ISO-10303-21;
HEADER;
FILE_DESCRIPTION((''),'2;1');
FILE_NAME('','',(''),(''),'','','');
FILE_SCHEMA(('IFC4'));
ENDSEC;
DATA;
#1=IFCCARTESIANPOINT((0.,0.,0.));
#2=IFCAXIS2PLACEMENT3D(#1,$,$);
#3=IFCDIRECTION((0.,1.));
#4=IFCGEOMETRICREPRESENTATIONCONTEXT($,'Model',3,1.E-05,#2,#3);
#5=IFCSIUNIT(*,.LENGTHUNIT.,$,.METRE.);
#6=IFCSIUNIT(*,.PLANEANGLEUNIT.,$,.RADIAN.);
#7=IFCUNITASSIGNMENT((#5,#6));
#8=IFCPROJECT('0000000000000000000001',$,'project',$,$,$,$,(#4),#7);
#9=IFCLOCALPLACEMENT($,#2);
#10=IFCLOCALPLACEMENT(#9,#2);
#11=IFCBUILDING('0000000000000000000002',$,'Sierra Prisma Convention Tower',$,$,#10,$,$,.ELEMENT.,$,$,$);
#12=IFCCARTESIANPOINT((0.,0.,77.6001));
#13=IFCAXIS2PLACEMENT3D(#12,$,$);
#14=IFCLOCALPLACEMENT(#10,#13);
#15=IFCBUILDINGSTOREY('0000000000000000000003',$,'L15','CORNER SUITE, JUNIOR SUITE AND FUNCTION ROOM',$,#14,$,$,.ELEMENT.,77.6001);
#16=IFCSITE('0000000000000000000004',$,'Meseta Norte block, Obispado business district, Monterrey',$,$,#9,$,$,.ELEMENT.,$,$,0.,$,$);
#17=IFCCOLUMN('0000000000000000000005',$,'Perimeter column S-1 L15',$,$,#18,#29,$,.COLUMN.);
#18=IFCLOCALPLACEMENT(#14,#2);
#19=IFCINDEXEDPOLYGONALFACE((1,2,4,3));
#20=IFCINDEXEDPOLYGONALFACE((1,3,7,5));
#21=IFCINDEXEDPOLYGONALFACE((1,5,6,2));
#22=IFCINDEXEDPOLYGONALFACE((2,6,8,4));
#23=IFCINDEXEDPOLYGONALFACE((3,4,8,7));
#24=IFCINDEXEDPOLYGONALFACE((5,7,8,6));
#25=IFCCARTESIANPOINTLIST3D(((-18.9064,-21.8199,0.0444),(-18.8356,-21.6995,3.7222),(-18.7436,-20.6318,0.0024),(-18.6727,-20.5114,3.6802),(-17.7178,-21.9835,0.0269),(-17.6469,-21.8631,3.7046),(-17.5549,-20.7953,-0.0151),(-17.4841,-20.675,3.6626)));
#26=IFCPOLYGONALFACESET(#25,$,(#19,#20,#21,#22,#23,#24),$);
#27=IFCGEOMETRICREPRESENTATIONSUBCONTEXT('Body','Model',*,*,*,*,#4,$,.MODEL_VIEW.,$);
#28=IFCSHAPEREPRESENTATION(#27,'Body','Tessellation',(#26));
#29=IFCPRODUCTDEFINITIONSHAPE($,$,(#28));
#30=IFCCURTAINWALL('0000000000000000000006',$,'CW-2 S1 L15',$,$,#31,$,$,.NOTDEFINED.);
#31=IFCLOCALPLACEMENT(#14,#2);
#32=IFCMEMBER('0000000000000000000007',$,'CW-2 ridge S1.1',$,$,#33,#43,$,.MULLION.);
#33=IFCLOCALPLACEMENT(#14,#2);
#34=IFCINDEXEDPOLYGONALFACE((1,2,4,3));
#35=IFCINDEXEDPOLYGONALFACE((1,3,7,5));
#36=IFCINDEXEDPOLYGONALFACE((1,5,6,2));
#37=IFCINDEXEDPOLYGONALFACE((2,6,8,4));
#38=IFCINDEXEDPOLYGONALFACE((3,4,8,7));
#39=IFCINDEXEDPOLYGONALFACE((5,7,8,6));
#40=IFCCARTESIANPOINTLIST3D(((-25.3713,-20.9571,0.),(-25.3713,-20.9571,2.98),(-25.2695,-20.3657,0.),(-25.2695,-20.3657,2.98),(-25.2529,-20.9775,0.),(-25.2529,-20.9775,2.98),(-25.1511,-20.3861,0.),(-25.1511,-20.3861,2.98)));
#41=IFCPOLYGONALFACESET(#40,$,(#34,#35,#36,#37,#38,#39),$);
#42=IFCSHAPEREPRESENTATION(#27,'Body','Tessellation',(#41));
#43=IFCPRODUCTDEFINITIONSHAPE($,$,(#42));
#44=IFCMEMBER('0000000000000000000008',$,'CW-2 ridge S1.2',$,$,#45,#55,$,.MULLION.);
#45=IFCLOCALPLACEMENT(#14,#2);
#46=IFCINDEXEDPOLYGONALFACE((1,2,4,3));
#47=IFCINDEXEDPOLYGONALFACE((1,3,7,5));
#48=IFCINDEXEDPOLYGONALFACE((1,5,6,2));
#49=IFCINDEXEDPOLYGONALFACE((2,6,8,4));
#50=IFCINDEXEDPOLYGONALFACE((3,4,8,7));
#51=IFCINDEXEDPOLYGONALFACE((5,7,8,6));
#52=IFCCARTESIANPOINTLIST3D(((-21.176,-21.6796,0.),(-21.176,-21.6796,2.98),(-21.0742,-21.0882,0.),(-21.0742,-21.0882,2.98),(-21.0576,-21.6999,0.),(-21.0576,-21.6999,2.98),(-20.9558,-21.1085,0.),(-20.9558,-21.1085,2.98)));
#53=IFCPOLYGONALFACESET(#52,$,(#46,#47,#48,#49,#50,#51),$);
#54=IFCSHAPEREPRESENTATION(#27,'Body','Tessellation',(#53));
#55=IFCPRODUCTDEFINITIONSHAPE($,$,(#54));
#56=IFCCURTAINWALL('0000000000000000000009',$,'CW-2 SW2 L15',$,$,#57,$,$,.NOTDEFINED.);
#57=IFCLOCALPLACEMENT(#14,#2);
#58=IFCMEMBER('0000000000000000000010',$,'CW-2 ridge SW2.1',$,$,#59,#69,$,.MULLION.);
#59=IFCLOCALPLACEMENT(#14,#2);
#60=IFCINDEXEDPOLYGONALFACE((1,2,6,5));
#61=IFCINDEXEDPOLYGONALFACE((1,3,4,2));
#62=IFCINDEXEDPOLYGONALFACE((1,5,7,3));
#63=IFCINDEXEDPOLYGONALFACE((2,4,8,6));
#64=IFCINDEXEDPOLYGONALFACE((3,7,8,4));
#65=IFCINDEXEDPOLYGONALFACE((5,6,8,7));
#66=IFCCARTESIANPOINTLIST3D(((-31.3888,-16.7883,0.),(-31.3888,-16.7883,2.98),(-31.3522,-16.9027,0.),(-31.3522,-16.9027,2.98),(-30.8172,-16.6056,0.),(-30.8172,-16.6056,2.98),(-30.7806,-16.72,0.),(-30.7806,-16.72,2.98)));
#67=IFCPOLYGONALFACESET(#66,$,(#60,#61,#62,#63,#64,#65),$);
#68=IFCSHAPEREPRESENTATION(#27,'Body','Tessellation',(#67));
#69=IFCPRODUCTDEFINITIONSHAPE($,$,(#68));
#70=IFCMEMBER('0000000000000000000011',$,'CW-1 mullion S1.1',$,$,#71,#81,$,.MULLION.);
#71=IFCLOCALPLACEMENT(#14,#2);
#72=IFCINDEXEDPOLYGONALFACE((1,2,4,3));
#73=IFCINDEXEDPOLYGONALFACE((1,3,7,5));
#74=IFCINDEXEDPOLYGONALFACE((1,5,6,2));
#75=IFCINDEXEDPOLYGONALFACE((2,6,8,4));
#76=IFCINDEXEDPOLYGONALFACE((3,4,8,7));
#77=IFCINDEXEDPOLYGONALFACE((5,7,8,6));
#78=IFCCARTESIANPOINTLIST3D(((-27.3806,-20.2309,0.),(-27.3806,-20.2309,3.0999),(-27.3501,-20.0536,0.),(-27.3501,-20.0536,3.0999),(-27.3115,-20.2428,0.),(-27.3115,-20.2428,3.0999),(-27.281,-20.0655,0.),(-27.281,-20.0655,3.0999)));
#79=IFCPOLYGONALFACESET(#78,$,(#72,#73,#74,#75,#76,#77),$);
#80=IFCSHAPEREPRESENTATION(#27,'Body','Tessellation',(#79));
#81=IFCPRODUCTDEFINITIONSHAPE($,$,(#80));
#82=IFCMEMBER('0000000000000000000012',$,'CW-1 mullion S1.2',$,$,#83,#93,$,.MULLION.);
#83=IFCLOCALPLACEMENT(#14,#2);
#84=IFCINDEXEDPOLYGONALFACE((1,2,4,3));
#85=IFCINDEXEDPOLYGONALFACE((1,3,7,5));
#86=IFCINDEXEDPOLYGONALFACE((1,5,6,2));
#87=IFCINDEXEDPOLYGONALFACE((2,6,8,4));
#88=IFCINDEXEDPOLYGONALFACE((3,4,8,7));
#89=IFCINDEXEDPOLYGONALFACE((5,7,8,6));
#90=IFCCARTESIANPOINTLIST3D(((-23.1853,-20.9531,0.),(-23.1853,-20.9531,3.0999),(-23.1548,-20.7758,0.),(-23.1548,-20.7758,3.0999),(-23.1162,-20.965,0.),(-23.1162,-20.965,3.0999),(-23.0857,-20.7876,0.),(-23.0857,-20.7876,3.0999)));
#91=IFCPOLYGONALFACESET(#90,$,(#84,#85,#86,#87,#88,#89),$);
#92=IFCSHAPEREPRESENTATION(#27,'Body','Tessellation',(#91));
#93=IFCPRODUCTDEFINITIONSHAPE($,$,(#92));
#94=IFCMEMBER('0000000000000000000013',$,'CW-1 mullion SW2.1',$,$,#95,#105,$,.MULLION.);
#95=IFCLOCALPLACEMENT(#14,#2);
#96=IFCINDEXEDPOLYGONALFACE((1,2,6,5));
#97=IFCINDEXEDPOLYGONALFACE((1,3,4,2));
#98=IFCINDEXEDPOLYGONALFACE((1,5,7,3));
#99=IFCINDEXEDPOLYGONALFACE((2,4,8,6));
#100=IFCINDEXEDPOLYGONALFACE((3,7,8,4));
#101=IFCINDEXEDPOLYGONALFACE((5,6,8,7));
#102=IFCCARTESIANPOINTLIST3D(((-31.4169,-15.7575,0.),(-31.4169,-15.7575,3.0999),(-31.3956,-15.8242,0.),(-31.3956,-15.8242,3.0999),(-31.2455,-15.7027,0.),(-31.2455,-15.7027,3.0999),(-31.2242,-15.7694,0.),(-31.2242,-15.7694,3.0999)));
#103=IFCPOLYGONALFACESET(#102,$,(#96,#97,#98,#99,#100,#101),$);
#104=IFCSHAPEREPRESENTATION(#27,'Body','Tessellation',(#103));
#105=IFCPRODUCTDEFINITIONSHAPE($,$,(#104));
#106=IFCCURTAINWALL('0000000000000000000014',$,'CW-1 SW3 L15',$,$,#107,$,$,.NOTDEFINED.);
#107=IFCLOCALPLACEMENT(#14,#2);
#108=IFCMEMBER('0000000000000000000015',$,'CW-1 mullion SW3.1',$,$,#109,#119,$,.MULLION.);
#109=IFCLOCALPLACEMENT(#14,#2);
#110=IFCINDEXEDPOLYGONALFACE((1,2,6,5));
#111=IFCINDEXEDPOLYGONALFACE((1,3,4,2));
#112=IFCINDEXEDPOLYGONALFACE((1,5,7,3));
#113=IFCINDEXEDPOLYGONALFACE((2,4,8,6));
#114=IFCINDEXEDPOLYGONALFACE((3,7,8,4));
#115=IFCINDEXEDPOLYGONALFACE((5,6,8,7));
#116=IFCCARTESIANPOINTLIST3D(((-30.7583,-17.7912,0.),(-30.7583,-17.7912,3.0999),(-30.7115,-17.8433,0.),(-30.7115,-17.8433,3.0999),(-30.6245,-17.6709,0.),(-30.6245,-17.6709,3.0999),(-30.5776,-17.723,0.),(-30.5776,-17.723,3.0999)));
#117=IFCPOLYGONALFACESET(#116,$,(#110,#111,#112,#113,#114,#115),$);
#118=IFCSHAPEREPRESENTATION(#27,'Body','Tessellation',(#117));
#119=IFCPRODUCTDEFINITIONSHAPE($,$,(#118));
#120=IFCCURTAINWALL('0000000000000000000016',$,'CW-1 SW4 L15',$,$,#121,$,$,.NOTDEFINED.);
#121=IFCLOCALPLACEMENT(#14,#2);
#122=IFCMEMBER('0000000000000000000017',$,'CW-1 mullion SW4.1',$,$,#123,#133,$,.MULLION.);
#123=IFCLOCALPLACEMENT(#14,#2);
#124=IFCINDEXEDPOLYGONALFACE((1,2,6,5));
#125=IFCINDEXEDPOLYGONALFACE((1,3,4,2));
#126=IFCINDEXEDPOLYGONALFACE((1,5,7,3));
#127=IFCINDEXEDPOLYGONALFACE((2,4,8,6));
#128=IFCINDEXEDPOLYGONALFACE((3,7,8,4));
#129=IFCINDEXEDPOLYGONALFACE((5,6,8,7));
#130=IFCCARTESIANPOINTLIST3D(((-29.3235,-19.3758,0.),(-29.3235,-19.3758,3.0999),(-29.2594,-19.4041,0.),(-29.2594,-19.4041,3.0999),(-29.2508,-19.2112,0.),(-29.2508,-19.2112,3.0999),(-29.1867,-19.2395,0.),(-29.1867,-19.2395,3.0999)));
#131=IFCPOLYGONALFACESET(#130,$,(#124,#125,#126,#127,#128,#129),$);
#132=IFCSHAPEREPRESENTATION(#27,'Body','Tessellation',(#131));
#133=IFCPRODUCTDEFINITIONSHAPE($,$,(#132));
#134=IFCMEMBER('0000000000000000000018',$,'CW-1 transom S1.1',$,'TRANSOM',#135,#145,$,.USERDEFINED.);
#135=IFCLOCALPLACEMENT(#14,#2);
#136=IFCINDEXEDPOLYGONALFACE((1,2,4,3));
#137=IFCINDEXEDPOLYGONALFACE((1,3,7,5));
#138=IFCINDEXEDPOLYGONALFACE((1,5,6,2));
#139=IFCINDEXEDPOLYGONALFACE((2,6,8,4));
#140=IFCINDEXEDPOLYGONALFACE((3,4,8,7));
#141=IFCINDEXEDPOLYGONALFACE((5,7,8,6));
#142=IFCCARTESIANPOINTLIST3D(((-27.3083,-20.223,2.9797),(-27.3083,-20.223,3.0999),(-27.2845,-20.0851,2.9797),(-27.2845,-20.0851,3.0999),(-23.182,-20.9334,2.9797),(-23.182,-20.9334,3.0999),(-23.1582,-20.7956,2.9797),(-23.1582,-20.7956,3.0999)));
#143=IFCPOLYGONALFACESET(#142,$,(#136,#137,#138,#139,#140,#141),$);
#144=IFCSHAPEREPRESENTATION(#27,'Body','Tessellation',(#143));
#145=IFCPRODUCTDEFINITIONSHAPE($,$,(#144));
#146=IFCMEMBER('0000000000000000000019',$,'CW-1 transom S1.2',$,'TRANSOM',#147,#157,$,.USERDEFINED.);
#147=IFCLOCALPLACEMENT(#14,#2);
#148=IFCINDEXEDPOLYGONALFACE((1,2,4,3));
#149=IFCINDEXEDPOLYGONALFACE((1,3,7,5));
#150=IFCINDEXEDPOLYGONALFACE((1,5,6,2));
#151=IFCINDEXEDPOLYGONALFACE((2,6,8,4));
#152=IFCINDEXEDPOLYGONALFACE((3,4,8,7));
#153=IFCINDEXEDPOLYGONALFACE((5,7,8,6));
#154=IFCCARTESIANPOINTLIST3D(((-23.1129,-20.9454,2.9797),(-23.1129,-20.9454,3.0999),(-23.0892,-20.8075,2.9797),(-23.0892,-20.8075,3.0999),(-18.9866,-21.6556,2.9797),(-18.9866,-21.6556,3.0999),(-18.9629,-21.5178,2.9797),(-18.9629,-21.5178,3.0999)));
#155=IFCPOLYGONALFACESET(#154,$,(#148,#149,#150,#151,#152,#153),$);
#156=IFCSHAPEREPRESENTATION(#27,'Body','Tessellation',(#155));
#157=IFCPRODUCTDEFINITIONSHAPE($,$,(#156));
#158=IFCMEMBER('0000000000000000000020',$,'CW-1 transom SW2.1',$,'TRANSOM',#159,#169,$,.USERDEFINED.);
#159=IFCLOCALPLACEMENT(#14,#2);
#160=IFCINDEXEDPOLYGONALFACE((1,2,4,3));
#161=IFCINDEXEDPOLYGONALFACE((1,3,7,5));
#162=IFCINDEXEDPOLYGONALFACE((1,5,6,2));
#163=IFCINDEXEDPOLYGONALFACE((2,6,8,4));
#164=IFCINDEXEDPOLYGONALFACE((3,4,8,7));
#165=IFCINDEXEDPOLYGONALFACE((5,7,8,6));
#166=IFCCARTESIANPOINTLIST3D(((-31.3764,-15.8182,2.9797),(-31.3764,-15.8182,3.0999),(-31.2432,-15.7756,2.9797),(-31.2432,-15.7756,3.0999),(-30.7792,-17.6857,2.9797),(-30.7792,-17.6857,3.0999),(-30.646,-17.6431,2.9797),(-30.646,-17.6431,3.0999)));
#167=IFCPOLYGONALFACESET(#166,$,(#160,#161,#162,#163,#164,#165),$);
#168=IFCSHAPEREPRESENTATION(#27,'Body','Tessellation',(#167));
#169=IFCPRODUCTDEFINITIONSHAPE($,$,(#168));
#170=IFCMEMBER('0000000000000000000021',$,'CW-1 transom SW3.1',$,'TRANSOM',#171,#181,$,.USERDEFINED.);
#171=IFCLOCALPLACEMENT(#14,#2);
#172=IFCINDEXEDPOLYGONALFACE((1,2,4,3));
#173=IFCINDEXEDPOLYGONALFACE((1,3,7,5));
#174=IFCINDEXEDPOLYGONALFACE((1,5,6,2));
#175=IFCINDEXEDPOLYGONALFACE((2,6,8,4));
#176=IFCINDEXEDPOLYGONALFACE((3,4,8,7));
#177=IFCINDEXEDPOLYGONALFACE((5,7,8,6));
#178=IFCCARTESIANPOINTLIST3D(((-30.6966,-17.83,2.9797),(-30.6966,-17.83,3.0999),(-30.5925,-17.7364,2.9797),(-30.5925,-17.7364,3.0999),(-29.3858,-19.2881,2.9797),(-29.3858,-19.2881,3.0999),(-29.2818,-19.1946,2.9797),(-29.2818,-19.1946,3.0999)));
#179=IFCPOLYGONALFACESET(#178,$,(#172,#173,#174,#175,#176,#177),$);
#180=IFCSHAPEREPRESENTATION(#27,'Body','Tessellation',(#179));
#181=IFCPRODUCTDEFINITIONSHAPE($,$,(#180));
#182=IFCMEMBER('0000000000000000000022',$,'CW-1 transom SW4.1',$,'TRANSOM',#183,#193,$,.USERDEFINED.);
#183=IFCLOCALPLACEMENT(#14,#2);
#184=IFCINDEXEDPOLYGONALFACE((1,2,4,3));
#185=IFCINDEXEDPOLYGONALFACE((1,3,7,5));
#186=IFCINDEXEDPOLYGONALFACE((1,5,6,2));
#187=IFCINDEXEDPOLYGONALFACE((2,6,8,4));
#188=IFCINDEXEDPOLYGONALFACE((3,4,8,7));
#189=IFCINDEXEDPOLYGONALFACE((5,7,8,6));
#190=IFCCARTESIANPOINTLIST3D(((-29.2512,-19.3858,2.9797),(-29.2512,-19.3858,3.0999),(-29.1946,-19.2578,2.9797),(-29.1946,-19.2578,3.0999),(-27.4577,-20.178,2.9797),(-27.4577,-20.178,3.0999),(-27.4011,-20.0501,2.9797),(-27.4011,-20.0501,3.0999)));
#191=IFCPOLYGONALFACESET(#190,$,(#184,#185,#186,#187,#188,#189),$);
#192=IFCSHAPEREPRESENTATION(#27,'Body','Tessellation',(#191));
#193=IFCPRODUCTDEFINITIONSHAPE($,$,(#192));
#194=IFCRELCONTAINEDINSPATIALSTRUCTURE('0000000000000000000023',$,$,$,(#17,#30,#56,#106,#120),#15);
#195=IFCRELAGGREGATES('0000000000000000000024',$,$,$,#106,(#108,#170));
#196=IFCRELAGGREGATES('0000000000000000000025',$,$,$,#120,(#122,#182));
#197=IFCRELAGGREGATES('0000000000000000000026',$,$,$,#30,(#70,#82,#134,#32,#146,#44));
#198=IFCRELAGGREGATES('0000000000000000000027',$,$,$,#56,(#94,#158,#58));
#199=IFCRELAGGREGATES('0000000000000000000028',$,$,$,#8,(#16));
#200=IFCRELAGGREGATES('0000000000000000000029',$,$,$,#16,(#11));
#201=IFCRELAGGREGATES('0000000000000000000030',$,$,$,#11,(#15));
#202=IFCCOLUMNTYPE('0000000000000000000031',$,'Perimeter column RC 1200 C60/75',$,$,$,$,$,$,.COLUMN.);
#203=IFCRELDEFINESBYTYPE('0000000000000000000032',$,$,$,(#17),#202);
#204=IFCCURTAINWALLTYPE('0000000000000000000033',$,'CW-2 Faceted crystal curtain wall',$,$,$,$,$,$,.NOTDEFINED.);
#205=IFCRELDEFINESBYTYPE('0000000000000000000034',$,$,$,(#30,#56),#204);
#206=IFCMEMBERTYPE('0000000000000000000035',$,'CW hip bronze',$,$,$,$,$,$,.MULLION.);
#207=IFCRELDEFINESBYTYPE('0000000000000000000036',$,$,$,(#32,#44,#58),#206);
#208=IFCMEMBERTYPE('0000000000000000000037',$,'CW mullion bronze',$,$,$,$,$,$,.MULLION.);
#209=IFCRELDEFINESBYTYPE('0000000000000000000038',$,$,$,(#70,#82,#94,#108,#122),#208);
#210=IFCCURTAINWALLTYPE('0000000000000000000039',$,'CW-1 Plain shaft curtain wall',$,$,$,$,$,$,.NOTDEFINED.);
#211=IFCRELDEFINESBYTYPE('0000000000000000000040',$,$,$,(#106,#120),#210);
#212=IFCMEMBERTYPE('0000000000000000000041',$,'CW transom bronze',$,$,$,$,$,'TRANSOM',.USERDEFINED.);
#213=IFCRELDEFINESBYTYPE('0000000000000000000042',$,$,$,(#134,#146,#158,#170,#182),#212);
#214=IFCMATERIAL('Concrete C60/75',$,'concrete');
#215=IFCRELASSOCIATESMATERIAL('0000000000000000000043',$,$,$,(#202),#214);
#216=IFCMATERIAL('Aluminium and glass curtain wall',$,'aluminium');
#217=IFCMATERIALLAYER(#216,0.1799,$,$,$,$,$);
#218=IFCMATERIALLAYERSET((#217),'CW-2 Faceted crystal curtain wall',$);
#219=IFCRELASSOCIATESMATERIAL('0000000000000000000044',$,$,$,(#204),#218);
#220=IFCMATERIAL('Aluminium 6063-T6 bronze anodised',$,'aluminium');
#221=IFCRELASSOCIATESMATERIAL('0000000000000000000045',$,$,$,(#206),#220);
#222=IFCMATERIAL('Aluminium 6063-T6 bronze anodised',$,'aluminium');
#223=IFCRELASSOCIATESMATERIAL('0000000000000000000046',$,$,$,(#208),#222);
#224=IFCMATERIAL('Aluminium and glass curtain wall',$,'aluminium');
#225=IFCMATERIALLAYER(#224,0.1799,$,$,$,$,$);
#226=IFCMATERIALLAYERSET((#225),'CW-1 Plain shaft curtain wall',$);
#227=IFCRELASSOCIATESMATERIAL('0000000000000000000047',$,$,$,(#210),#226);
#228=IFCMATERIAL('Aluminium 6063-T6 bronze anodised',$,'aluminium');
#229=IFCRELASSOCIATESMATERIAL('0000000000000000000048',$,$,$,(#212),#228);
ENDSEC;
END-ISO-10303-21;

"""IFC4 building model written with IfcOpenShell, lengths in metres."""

from ifc_helpers import new_model, si_unit, direction, frame, origin, origin_2d, place, context, subcontext, project, spatial, rectangle, extrude, clip, halfspace, material, layer, layer_set, material_profile, profile_set, type_object, element, aggregate, save


model = new_model("IFC4")

# Units and contexts
model_context = context("Model", 3, precision=1e-05, world=origin(), true_north=direction((0.0, 1.0)))
body_context = subcontext(model_context, "Body", "Model", "MODEL_VIEW")
ifc_project = project(units=[si_unit("LENGTHUNIT", "METRE"), si_unit("PLANEANGLEUNIT", "RADIAN")], contexts=[model_context])

# Site, building, storey
site_placement = place(None, origin())
site = spatial("IfcSite", under=ifc_project, at=site_placement, Name="Meseta Norte block, Obispado business district, Monterrey", CompositionType="ELEMENT", RefElevation=0.0)
building_placement = place(site_placement, origin())
building = spatial("IfcBuilding", under=site, at=building_placement, Name="Sierra Prisma Convention Tower", CompositionType="ELEMENT")
storey_placement = place(building_placement, frame((0.0, 0.0, 77.6001)))
storey = spatial("IfcBuildingStorey", under=building, at=storey_placement, Name="L15", Description="CORNER SUITE, JUNIOR SUITE AND FUNCTION ROOM", CompositionType="ELEMENT", Elevation=77.6001)

# Column
ifc_material_1 = material(Name="Concrete C60/75", Category="concrete")
ifc_material_profile_1 = material_profile(ifc_material_1, rectangle(XDim=1.2, YDim=1.2, at=origin_2d()), Name="Perimeter column RC 1200 C60/75")
ifc_profile_set_1 = profile_set([ifc_material_profile_1], Name="Concrete C60/75")
column_type = type_object("IfcColumnType", Name="Perimeter column RC 1200 C60/75", PredefinedType="COLUMN", material=ifc_profile_set_1)
column_placement = place(storey_placement, frame((-18.231, -21.3081, 0.0), z_axis=(0.019254, 0.032705, 0.99928), x_axis=(-0.99056, 0.136298, 0.014625)))
element("IfcColumn", 1, at=column_placement, inside=storey, type_object=column_type, Name="Perimeter column S-1 L15", PredefinedType="COLUMN", context=body_context, shape_type="SweptSolid", body=[
    clip(clip(extrude(rectangle(XDim=1.2, YDim=1.2, at=origin_2d()), origin(), (0.0, 0.0, 1.0), 3.7026), halfspace(frame((0.0, 0.0, 0.0146)), True)), halfspace(frame((0.0, 0.0, 3.6951)), False)),
])

# Curtain wall, members
ifc_material_2 = material(Name="Aluminium and glass curtain wall", Category="aluminium")
ifc_layer_1 = layer(ifc_material_2, 0.1799)
ifc_layer_set_1 = layer_set([ifc_layer_1], Name="CW-2 Faceted crystal curtain wall")
curtain_wall_type_1 = type_object("IfcCurtainWallType", Name="CW-2 Faceted crystal curtain wall", PredefinedType="NOTDEFINED", material=ifc_layer_set_1)
curtain_wall_1_placement = place(storey_placement, origin())
curtain_wall_1 = element("IfcCurtainWall", 2, at=curtain_wall_1_placement, inside=storey, type_object=curtain_wall_type_1, Name="CW-2 S1 L15", PredefinedType="NOTDEFINED")
ifc_material_3 = material(Name="Aluminium 6063-T6 bronze anodised", Category="aluminium")
ifc_material_profile_2 = material_profile(ifc_material_3, rectangle(XDim=0.1201, YDim=0.6001, at=origin_2d()), Name="ALU RIDGE BLADE 120x600")
ifc_profile_set_2 = profile_set([ifc_material_profile_2], Name="Aluminium 6063-T6 bronze anodised")
member_type_1 = type_object("IfcMemberType", Name="CW hip bronze", PredefinedType="MULLION", material=ifc_profile_set_2)
member_1_placement = place(storey_placement, frame((-25.2612, -20.6716, 0.0), z_axis=(0.0, 0.0, 1.0), x_axis=(0.985503, -0.169659, 0.0)))
member_1 = element("IfcMember", 3, at=member_1_placement, type_object=member_type_1, Name="CW-2 ridge S1.1", PredefinedType="MULLION", context=body_context, shape_type="SweptSolid", body=[
    extrude(rectangle(XDim=0.1201, YDim=0.6001, at=origin_2d()), origin(), (0.0, 0.0, 1.0), 2.98),
])
member_2_placement = place(storey_placement, frame((-21.0659, -21.394, 0.0), z_axis=(0.0, 0.0, 1.0), x_axis=(0.985503, -0.169659, 0.0)))
member_2 = element("IfcMember", 4, at=member_2_placement, type_object=member_type_1, Name="CW-2 ridge S1.2", PredefinedType="MULLION", context=body_context, shape_type="SweptSolid", body=[
    extrude(rectangle(XDim=0.1201, YDim=0.6001, at=origin_2d()), origin(), (0.0, 0.0, 1.0), 2.98),
])

# Curtain wall, member
curtain_wall_2_placement = place(storey_placement, origin())
curtain_wall_2 = element("IfcCurtainWall", 5, at=curtain_wall_2_placement, inside=storey, type_object=curtain_wall_type_1, Name="CW-2 SW2 L15", PredefinedType="NOTDEFINED")
member_3_placement = place(storey_placement, frame((-31.0847, -16.7542, 0.0), z_axis=(0.0, 0.0, 1.0), x_axis=(0.304557, -0.952494, 0.0)))
member_3 = element("IfcMember", 6, at=member_3_placement, type_object=member_type_1, Name="CW-2 ridge SW2.1", PredefinedType="MULLION", context=body_context, shape_type="SweptSolid", body=[
    extrude(rectangle(XDim=0.1201, YDim=0.6001, at=origin_2d()), origin(), (0.0, 0.0, 1.0), 2.98),
])

# Members
ifc_material_4 = material(Name="Aluminium 6063-T6 bronze anodised", Category="aluminium")
ifc_material_profile_3 = material_profile(ifc_material_4, rectangle(XDim=0.1799, YDim=0.0701, at=origin_2d()), Name="ALU MULLION 70x180")
ifc_profile_set_3 = profile_set([ifc_material_profile_3], Name="Aluminium 6063-T6 bronze anodised")
member_type_2 = type_object("IfcMemberType", Name="CW mullion bronze", PredefinedType="MULLION", material=ifc_profile_set_3)
member_4_placement = place(storey_placement, frame((-27.3308, -20.1482, 0.0), z_axis=(0.0, 0.0, 1.0), x_axis=(0.169659, 0.985503, 0.0)))
member_4 = element("IfcMember", 7, at=member_4_placement, type_object=member_type_2, Name="CW-1 mullion S1.1", PredefinedType="MULLION", context=body_context, shape_type="SweptSolid", body=[
    extrude(rectangle(XDim=0.1799, YDim=0.0701, at=origin_2d()), origin(), (0.0, 0.0, 1.0), 3.0999),
])
member_5_placement = place(storey_placement, frame((-23.1355, -20.8704, 0.0), z_axis=(0.0, 0.0, 1.0), x_axis=(0.169659, 0.985503, 0.0)))
member_5 = element("IfcMember", 8, at=member_5_placement, type_object=member_type_2, Name="CW-1 mullion S1.2", PredefinedType="MULLION", context=body_context, shape_type="SweptSolid", body=[
    extrude(rectangle(XDim=0.1799, YDim=0.0701, at=origin_2d()), origin(), (0.0, 0.0, 1.0), 3.0999),
])
member_6_placement = place(storey_placement, frame((-31.3206, -15.7634, 0.0), z_axis=(0.0, 0.0, 1.0), x_axis=(0.952494, 0.304557, 0.0)))
member_6 = element("IfcMember", 9, at=member_6_placement, type_object=member_type_2, Name="CW-1 mullion SW2.1", PredefinedType="MULLION", context=body_context, shape_type="SweptSolid", body=[
    extrude(rectangle(XDim=0.1799, YDim=0.0701, at=origin_2d()), origin(), (0.0, 0.0, 1.0), 3.0999),
])

# Curtain walls, members
ifc_material_5 = material(Name="Aluminium and glass curtain wall", Category="aluminium")
ifc_layer_2 = layer(ifc_material_5, 0.1799)
ifc_layer_set_2 = layer_set([ifc_layer_2], Name="CW-1 Plain shaft curtain wall")
curtain_wall_type_2 = type_object("IfcCurtainWallType", Name="CW-1 Plain shaft curtain wall", PredefinedType="NOTDEFINED", material=ifc_layer_set_2)
curtain_wall_3_placement = place(storey_placement, origin())
curtain_wall_3 = element("IfcCurtainWall", 10, at=curtain_wall_3_placement, inside=storey, type_object=curtain_wall_type_2, Name="CW-1 SW3 L15", PredefinedType="NOTDEFINED")
member_7_placement = place(storey_placement, frame((-30.668, -17.7571, 0.0), z_axis=(0.0, 0.0, 1.0), x_axis=(0.743725, 0.668486, 0.0)))
member_7 = element("IfcMember", 11, at=member_7_placement, type_object=member_type_2, Name="CW-1 mullion SW3.1", PredefinedType="MULLION", context=body_context, shape_type="SweptSolid", body=[
    extrude(rectangle(XDim=0.1799, YDim=0.0701, at=origin_2d()), origin(), (0.0, 0.0, 1.0), 3.0999),
])
curtain_wall_4_placement = place(storey_placement, origin())
curtain_wall_4 = element("IfcCurtainWall", 12, at=curtain_wall_4_placement, inside=storey, type_object=curtain_wall_type_2, Name="CW-1 SW4 L15", PredefinedType="NOTDEFINED")
member_8_placement = place(storey_placement, frame((-29.2551, -19.3076, 0.0), z_axis=(0.0, 0.0, 1.0), x_axis=(0.40404, 0.914742, 0.0)))
member_8 = element("IfcMember", 13, at=member_8_placement, type_object=member_type_2, Name="CW-1 mullion SW4.1", PredefinedType="MULLION", context=body_context, shape_type="SweptSolid", body=[
    extrude(rectangle(XDim=0.1799, YDim=0.0701, at=origin_2d()), origin(), (0.0, 0.0, 1.0), 3.0999),
])

# Members
ifc_material_6 = material(Name="Aluminium 6063-T6 bronze anodised", Category="aluminium")
ifc_material_profile_4 = material_profile(ifc_material_6, rectangle(XDim=0.1399, YDim=0.1201, at=origin_2d()), Name="ALU TRANSOM 120x140")
ifc_profile_set_4 = profile_set([ifc_material_profile_4], Name="Aluminium 6063-T6 bronze anodised")
member_type_3 = type_object("IfcMemberType", Name="CW transom bronze", ElementType="TRANSOM", PredefinedType="USERDEFINED", material=ifc_profile_set_4)
member_9_placement = place(storey_placement, frame((-27.2964, -20.1541, 3.0398), z_axis=(0.985499, -0.169682, 0.0), x_axis=(0.169682, 0.985499, 0.0)))
member_9 = element("IfcMember", 14, at=member_9_placement, type_object=member_type_3, Name="CW-1 transom S1.1", ObjectType="TRANSOM", PredefinedType="USERDEFINED", context=body_context, shape_type="SweptSolid", body=[
    extrude(rectangle(XDim=0.1399, YDim=0.1201, at=origin_2d()), origin(), (0.0, 0.0, 1.0), 4.187),
])
member_10_placement = place(storey_placement, frame((-23.1011, -20.8765, 3.0398), z_axis=(0.985509, -0.169626, 0.0), x_axis=(0.169626, 0.985509, 0.0)))
member_10 = element("IfcMember", 15, at=member_10_placement, type_object=member_type_3, Name="CW-1 transom S1.2", ObjectType="TRANSOM", PredefinedType="USERDEFINED", context=body_context, shape_type="SweptSolid", body=[
    extrude(rectangle(XDim=0.1399, YDim=0.1201, at=origin_2d()), origin(), (0.0, 0.0, 1.0), 4.187),
])
member_11_placement = place(storey_placement, frame((-31.3098, -15.7969, 3.0398), z_axis=(0.304586, -0.952485, 0.0), x_axis=(0.952485, 0.304586, 0.0)))
member_11 = element("IfcMember", 16, at=member_11_placement, type_object=member_type_3, Name="CW-1 transom SW2.1", ObjectType="TRANSOM", PredefinedType="USERDEFINED", context=body_context, shape_type="SweptSolid", body=[
    extrude(rectangle(XDim=0.1399, YDim=0.1201, at=origin_2d()), origin(), (0.0, 0.0, 1.0), 1.9607),
])
member_12_placement = place(storey_placement, frame((-30.6445, -17.7832, 3.0398), z_axis=(0.668504, -0.743709, 0.0), x_axis=(0.743709, 0.668504, 0.0)))
member_12 = element("IfcMember", 17, at=member_12_placement, type_object=member_type_3, Name="CW-1 transom SW3.1", ObjectType="TRANSOM", PredefinedType="USERDEFINED", context=body_context, shape_type="SweptSolid", body=[
    extrude(rectangle(XDim=0.1399, YDim=0.1201, at=origin_2d()), origin(), (0.0, 0.0, 1.0), 1.9607),
])
member_13_placement = place(storey_placement, frame((-29.2229, -19.3218, 3.0398), z_axis=(0.914728, -0.404069, 0.0), x_axis=(0.404069, 0.914728, 0.0)))
member_13 = element("IfcMember", 18, at=member_13_placement, type_object=member_type_3, Name="CW-1 transom SW4.1", ObjectType="TRANSOM", PredefinedType="USERDEFINED", context=body_context, shape_type="SweptSolid", body=[
    extrude(rectangle(XDim=0.1399, YDim=0.1201, at=origin_2d()), origin(), (0.0, 0.0, 1.0), 1.9607),
])

aggregate(curtain_wall_3, [member_7, member_12])
aggregate(curtain_wall_4, [member_8, member_13])
aggregate(curtain_wall_1, [member_4, member_5, member_9, member_1, member_10, member_2])
aggregate(curtain_wall_2, [member_6, member_11, member_3])

save(model, "model.ifc")
